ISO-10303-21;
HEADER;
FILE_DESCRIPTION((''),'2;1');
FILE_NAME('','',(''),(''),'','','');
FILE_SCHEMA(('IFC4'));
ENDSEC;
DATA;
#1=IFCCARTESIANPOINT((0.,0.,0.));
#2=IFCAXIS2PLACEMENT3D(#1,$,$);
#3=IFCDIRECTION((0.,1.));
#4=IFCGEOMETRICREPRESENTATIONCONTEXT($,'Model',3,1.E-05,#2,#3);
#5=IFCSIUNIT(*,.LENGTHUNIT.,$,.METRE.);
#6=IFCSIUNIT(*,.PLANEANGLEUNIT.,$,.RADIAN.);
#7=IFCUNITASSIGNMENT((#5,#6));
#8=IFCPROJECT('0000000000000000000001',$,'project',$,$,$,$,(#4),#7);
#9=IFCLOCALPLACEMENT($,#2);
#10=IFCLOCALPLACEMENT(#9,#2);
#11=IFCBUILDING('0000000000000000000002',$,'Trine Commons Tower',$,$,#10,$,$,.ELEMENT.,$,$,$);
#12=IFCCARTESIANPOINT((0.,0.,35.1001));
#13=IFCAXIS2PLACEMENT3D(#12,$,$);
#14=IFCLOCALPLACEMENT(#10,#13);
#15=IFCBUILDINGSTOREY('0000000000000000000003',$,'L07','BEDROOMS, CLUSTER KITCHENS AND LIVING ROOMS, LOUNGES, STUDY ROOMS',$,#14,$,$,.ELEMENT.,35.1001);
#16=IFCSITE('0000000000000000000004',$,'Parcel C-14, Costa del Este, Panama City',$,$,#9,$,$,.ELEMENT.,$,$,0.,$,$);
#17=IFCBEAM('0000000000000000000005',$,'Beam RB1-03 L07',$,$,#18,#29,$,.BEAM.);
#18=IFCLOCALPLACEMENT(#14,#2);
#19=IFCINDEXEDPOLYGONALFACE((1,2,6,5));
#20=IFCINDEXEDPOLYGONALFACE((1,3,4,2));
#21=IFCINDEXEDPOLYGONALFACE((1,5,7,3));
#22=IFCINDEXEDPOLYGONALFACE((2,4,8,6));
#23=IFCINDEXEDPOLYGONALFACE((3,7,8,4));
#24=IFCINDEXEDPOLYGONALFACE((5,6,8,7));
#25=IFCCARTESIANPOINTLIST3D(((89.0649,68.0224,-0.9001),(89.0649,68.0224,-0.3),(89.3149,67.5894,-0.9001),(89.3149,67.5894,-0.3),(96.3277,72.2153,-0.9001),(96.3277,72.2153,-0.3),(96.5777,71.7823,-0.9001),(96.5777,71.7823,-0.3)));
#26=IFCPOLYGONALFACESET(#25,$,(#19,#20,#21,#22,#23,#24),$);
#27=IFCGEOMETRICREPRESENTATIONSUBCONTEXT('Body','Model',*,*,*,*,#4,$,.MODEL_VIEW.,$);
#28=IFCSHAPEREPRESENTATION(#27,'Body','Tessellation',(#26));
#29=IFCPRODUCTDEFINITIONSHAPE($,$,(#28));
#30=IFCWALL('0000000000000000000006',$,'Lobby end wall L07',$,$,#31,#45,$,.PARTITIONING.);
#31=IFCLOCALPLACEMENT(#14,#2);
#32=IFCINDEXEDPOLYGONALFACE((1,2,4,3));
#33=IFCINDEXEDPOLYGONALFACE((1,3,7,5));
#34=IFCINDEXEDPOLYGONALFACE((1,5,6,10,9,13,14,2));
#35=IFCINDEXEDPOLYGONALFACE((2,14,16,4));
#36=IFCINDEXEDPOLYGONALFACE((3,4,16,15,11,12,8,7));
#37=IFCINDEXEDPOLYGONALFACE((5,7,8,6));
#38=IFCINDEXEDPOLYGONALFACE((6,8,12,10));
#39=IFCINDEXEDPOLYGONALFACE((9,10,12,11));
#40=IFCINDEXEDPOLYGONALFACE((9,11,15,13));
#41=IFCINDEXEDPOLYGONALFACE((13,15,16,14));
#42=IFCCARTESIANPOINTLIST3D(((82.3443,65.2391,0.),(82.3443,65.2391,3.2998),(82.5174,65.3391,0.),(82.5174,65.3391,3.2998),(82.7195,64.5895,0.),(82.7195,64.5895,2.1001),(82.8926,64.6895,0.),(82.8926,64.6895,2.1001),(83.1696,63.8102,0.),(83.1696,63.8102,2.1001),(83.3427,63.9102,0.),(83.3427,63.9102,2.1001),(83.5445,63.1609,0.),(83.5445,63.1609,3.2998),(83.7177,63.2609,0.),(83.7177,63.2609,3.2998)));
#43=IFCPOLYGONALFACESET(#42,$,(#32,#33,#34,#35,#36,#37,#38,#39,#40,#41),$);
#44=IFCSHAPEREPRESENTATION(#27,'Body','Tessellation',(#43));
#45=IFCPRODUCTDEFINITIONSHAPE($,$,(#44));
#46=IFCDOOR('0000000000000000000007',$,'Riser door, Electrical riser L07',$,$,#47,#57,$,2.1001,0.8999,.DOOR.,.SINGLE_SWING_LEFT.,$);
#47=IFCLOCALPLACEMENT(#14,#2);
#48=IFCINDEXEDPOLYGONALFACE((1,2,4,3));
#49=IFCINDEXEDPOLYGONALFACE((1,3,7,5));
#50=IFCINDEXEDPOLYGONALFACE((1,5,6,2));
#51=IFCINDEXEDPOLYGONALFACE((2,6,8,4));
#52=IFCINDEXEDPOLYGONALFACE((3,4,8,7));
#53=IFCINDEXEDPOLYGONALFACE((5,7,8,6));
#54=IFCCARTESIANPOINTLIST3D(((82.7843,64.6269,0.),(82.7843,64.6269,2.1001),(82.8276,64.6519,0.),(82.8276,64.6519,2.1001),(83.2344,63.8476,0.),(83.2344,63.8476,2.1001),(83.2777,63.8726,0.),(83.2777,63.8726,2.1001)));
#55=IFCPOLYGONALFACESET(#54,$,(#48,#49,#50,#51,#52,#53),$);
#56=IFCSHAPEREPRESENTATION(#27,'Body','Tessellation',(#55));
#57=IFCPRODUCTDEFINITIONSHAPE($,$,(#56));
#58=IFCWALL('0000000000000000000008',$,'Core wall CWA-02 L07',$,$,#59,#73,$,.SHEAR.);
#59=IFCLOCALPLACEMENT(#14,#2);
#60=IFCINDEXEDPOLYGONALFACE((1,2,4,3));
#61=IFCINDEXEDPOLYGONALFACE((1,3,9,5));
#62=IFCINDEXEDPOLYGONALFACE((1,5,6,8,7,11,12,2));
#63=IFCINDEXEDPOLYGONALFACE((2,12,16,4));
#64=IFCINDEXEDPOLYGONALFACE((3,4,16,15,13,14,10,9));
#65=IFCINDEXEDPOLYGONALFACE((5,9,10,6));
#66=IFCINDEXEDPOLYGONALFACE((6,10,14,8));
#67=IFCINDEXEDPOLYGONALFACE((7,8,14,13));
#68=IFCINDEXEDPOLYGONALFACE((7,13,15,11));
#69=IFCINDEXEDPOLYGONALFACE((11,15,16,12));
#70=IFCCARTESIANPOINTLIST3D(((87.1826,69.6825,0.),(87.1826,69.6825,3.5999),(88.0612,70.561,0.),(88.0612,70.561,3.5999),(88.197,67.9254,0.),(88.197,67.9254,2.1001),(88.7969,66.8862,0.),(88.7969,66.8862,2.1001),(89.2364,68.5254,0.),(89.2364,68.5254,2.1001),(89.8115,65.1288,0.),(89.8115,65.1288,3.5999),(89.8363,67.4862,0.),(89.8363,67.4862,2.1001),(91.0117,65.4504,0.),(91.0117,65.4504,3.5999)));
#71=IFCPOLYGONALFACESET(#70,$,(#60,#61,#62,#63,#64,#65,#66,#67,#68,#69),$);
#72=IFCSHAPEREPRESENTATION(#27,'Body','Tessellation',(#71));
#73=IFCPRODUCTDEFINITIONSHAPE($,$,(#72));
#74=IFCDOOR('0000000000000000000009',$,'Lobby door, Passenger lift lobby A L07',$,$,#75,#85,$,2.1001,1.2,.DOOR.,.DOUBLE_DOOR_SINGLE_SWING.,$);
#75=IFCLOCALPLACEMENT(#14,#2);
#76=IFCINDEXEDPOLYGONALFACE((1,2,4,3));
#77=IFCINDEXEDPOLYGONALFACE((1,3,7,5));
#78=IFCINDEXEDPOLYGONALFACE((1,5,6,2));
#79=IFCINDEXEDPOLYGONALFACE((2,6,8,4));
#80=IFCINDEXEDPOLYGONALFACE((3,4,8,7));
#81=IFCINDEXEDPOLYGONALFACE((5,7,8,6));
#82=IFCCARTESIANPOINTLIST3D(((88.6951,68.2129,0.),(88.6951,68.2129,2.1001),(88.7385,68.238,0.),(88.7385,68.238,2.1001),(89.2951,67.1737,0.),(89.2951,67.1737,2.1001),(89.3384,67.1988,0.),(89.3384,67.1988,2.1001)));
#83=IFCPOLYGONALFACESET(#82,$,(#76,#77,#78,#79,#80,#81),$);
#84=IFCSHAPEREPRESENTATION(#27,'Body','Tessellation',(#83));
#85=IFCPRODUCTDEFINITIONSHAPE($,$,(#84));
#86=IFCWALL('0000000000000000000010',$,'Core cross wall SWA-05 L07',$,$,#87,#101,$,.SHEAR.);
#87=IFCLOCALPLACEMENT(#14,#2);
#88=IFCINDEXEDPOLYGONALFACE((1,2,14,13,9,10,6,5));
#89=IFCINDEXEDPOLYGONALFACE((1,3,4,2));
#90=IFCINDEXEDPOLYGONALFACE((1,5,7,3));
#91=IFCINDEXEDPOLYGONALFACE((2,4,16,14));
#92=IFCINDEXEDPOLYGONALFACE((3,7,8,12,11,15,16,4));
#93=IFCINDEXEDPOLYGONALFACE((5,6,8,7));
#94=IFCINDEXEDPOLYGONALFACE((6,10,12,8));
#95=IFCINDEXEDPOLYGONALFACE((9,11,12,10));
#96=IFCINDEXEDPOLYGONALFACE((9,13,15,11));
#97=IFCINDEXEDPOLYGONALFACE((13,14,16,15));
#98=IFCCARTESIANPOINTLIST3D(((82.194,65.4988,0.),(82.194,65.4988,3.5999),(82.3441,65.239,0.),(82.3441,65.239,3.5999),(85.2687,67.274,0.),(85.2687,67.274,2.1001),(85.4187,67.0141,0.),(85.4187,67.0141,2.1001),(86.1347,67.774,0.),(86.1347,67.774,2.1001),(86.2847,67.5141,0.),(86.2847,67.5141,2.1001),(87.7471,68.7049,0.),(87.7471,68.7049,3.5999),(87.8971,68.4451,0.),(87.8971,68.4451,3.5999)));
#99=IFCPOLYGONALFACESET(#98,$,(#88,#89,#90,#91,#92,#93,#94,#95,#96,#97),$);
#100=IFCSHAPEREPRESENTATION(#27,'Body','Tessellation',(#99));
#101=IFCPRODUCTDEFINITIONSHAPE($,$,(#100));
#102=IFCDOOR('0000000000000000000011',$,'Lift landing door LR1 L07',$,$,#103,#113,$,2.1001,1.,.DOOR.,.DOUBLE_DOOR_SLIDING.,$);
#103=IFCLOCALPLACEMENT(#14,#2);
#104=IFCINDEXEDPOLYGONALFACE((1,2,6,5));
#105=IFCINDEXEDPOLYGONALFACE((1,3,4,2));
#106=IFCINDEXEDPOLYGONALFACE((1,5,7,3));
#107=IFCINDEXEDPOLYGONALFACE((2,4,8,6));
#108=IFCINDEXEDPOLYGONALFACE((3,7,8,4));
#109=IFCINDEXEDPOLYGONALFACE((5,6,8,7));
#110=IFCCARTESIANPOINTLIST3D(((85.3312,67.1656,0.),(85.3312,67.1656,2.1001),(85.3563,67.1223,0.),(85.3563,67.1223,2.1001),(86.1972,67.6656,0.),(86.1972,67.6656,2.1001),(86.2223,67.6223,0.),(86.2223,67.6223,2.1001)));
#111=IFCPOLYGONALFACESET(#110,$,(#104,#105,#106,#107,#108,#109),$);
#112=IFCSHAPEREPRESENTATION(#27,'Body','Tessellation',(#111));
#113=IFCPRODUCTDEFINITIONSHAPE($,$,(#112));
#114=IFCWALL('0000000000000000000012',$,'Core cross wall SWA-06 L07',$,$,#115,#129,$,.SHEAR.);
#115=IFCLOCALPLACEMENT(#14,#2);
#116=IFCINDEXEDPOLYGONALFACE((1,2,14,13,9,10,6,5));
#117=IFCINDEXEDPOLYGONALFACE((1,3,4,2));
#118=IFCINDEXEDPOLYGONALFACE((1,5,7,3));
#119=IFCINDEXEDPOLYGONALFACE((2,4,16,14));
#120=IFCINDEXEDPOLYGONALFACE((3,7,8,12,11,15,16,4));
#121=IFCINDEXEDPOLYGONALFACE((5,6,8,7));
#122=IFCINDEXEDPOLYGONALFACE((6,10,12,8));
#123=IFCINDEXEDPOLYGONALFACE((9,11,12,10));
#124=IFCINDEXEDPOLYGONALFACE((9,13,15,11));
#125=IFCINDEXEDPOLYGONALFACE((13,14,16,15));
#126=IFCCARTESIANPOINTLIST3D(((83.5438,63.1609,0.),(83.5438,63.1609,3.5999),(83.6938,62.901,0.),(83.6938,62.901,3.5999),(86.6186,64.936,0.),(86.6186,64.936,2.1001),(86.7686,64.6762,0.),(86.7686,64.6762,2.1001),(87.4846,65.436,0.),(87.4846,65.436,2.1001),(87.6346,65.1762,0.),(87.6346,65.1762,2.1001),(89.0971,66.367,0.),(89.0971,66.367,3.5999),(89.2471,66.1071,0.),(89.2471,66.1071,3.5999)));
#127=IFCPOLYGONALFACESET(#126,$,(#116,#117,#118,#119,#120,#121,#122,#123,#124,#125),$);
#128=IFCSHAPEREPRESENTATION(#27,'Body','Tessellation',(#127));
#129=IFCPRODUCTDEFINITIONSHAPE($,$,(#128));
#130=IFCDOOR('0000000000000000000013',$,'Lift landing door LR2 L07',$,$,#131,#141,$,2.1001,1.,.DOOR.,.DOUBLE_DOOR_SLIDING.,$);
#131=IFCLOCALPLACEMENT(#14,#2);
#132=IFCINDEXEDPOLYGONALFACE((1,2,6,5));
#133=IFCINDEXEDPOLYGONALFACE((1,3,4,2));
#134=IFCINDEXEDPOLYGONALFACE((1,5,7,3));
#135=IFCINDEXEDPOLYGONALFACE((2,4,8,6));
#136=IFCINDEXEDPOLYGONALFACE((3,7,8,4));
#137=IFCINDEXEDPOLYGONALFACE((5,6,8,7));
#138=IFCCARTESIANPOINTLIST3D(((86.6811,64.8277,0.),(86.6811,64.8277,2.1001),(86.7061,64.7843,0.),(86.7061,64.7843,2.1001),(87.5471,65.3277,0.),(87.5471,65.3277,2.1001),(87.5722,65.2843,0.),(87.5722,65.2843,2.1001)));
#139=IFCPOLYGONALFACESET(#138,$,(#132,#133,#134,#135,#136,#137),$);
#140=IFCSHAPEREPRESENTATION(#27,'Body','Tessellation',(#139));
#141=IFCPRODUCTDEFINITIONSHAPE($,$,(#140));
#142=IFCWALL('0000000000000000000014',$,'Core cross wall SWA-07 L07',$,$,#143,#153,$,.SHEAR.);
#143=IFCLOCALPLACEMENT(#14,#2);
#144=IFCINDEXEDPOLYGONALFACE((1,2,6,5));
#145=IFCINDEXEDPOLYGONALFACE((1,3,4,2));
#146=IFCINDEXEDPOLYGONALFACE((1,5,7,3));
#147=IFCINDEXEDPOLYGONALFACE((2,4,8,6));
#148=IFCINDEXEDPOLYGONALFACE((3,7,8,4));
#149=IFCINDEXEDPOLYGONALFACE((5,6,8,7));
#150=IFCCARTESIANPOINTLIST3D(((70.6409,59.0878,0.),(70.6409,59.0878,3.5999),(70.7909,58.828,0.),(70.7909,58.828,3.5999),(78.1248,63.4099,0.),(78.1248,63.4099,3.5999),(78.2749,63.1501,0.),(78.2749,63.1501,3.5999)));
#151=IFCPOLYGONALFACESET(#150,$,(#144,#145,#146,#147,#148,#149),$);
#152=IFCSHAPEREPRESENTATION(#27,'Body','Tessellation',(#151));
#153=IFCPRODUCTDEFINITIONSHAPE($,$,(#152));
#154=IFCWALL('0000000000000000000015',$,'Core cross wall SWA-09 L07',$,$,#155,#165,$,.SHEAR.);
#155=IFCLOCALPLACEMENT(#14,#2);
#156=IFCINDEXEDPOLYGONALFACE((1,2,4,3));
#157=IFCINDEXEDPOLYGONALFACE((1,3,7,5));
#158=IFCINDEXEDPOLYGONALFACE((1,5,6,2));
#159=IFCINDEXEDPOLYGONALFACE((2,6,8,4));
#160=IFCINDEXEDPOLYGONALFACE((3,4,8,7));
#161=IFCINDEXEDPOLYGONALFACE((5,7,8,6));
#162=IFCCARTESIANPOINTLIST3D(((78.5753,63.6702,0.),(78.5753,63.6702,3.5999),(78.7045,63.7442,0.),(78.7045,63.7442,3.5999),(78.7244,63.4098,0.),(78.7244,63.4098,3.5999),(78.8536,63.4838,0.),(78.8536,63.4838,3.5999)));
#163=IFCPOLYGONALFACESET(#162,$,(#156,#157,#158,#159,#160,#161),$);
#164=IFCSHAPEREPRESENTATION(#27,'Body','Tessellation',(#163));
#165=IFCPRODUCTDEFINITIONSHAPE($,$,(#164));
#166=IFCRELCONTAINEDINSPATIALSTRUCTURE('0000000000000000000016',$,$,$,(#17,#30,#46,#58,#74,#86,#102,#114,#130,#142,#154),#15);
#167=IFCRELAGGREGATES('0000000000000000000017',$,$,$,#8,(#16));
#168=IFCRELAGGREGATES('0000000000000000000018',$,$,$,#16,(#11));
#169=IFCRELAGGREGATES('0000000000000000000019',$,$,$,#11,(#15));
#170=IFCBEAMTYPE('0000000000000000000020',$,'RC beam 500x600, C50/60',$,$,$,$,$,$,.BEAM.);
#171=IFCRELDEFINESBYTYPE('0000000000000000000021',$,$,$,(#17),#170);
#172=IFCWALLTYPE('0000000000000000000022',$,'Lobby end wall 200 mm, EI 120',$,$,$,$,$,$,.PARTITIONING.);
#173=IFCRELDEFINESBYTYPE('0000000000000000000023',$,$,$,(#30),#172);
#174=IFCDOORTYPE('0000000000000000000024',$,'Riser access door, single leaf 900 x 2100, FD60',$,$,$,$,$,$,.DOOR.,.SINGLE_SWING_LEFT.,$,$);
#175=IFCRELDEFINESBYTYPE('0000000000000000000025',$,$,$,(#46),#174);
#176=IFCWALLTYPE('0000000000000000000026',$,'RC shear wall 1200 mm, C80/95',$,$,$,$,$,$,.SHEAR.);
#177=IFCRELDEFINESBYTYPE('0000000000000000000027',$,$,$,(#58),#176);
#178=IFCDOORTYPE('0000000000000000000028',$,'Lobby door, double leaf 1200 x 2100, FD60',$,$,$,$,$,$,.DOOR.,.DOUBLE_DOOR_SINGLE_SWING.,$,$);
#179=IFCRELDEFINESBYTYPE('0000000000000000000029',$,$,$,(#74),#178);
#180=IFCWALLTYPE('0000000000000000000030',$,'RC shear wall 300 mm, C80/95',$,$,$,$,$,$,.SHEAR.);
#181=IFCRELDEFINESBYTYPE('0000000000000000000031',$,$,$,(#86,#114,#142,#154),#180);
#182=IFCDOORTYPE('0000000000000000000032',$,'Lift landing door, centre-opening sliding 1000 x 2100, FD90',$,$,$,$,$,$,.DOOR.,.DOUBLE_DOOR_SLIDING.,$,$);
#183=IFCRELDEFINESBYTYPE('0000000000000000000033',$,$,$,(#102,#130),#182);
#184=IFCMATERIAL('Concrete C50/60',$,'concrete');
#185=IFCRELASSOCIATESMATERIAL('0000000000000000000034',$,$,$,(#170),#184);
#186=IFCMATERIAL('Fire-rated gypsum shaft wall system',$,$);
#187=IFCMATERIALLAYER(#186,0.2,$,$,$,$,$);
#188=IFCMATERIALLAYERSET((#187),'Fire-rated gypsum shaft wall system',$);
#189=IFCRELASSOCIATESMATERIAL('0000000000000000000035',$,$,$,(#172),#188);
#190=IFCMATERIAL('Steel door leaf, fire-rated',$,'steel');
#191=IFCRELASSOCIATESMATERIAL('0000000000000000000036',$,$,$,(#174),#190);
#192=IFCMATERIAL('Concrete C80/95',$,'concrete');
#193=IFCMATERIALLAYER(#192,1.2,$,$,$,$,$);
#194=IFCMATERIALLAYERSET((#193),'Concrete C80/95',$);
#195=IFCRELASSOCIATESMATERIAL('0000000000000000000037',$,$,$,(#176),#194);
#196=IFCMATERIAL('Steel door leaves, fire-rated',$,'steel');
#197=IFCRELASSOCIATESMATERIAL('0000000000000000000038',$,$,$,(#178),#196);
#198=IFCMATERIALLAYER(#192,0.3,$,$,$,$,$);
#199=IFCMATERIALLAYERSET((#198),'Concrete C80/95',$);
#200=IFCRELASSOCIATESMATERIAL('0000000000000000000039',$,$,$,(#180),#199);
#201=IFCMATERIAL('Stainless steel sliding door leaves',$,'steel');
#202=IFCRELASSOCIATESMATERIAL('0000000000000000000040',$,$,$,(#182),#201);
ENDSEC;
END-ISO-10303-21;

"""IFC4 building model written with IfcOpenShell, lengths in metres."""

from ifc_helpers import new_model, si_unit, direction, frame, frame_2d, origin, origin_2d, place, context, subcontext, project, spatial, polyline, rectangle, outline, extrude, material, layer, layer_set, material_profile, profile_set, type_object, element, fill, save


model = new_model("IFC4")

# Units and contexts
model_context = context("Model", 3, precision=1e-05, world=origin(), true_north=direction((0.0, 1.0)))
body_context = subcontext(model_context, "Body", "Model", "MODEL_VIEW")
ifc_project = project(units=[si_unit("LENGTHUNIT", "METRE"), si_unit("PLANEANGLEUNIT", "RADIAN")], contexts=[model_context])

# Site, building, storey
site_placement = place(None, origin())
site = spatial("IfcSite", under=ifc_project, at=site_placement, Name="Parcel C-14, Costa del Este, Panama City", CompositionType="ELEMENT", RefElevation=0.0)
building_placement = place(site_placement, origin())
building = spatial("IfcBuilding", under=site, at=building_placement, Name="Trine Commons Tower", CompositionType="ELEMENT")
storey_placement = place(building_placement, frame((0.0, 0.0, 35.1001)))
storey = spatial("IfcBuildingStorey", under=building, at=storey_placement, Name="L07", Description="BEDROOMS, CLUSTER KITCHENS AND LIVING ROOMS, LOUNGES, STUDY ROOMS", CompositionType="ELEMENT", Elevation=35.1001)

# Beam
ifc_material_1 = material(Name="Concrete C50/60", Category="concrete")
ifc_material_profile = material_profile(ifc_material_1, rectangle(XDim=0.5, YDim=0.6001, at=origin_2d()), Name="RC 500x600")
ifc_profile_set = profile_set([ifc_material_profile], Name="Concrete C50/60")
beam_type = type_object("IfcBeamType", Name="RC beam 500x600, C50/60", PredefinedType="BEAM", material=ifc_profile_set)
beam_placement = place(storey_placement, frame((89.1899, 67.8059, -0.6001), z_axis=(0.866038, 0.499978, 0.0), x_axis=(-0.499978, 0.866038, 0.0)))
element("IfcBeam", 1, at=beam_placement, inside=storey, type_object=beam_type, Name="Beam RB1-03 L07", PredefinedType="BEAM", context=body_context, shape_type="SweptSolid", body=[
    extrude(rectangle(XDim=0.5, YDim=0.6001, at=origin_2d()), origin(), (0.0, 0.0, 1.0), 8.3862),
])

# Walls, openings, doors
ifc_material_2 = material(Name="Fire-rated gypsum shaft wall system")
ifc_layer_1 = layer(ifc_material_2, 0.2)
ifc_layer_set_1 = layer_set([ifc_layer_1], Name="Fire-rated gypsum shaft wall system")
wall_type_1 = type_object("IfcWallType", Name="Lobby end wall 200 mm, EI 120", PredefinedType="PARTITIONING", material=ifc_layer_set_1)
wall_1_placement = place(storey_placement, frame((83.6311, 63.2109, 0.0), z_axis=(0.0, 0.0, 1.0), x_axis=(-0.500122, 0.865955, 0.0)))
wall_1 = element("IfcWall", 2, at=wall_1_placement, inside=storey, type_object=wall_type_1, Name="Lobby end wall L07", PredefinedType="PARTITIONING", context=body_context, shape_type="SweptSolid", body=[
    extrude(rectangle(XDim=2.3999, YDim=0.2, at=frame_2d((1.2, 0.0))), origin(), (0.0, 0.0, 1.0), 3.2998),
])
opening_1_placement = place(wall_1_placement, frame((0.7498, 0.0, 0.0)))
opening_1 = element("IfcOpeningElement", 3, at=opening_1_placement, cuts=wall_1, PredefinedType="OPENING", context=body_context, shape_type="SweptSolid", body=[
    extrude(rectangle(XDim=0.8999, YDim=2.1001, at=frame_2d((0.45, 1.05))), frame((0.0, 0.1099, 0.0), z_axis=(0.0, -1.0, 0.0), x_axis=(1.0, 0.0, 0.0)), (0.0, 0.0, 1.0), 0.22),
])
ifc_material_3 = material(Name="Steel door leaf, fire-rated", Category="steel")
door_type_1 = type_object("IfcDoorType", Name="Riser access door, single leaf 900 x 2100, FD60", OperationType="SINGLE_SWING_LEFT", PredefinedType="DOOR", material=ifc_material_3)
door_1_placement = place(opening_1_placement, frame((0.8999, 0.0, 0.0), z_axis=(0.0, 0.0, 1.0), x_axis=(-1.0, 0.0, 0.0)))
door_1 = element("IfcDoor", 4, at=door_1_placement, inside=storey, type_object=door_type_1, Name="Riser door, Electrical riser L07", OperationType="SINGLE_SWING_LEFT", OverallHeight=2.1001, OverallWidth=0.8999, PredefinedType="DOOR", context=body_context, shape_type="SweptSolid", body=[
    extrude(rectangle(XDim=0.8999, YDim=2.1001, at=frame_2d((0.45, 1.05))), frame((0.0, 0.0249, 0.0), z_axis=(0.0, -1.0, 0.0), x_axis=(1.0, 0.0, 0.0)), (0.0, 0.0, 1.0), 0.05),
])
fill(opening_1, door_1)
ifc_material_4 = material(Name="Concrete C80/95", Category="concrete")
ifc_layer_2 = layer(ifc_material_4, 1.2)
ifc_layer_set_2 = layer_set([ifc_layer_2], Name="Concrete C80/95")
wall_type_2 = type_object("IfcWallType", Name="RC shear wall 1200 mm, C80/95", PredefinedType="SHEAR", material=ifc_layer_set_2)
wall_2_placement = place(storey_placement, frame((90.4919, 65.1504, 0.0), z_axis=(0.0, 0.0, 1.0), x_axis=(-0.499979, 0.866037, 0.0)))
wall_2 = element("IfcWall", 5, at=wall_2_placement, inside=storey, type_object=wall_type_2, Name="Core wall CWA-02 L07", PredefinedType="SHEAR", context=body_context, shape_type="SweptSolid", body=[
    extrude(outline(polyline([(0.0, -0.6001), (5.9011, -0.6001), (5.5796, 0.6001), (0.3215, 0.6001), (0.0, -0.6001)])), origin(), (0.0, 0.0, 1.0), 3.5999),
])
opening_2_placement = place(wall_2_placement, frame((2.3506, 0.0, 0.0)))
opening_2 = element("IfcOpeningElement", 6, at=opening_2_placement, cuts=wall_2, PredefinedType="OPENING", context=body_context, shape_type="SweptSolid", body=[
    extrude(rectangle(XDim=1.2, YDim=2.1001, at=frame_2d((0.6001, 1.05))), frame((0.0, 0.6099, 0.0), z_axis=(0.0, -1.0, 0.0), x_axis=(1.0, 0.0, 0.0)), (0.0, 0.0, 1.0), 1.22),
])
ifc_material_5 = material(Name="Steel door leaves, fire-rated", Category="steel")
door_type_2 = type_object("IfcDoorType", Name="Lobby door, double leaf 1200 x 2100, FD60", OperationType="DOUBLE_DOOR_SINGLE_SWING", PredefinedType="DOOR", material=ifc_material_5)
door_2_placement = place(opening_2_placement, origin())
door_2 = element("IfcDoor", 7, at=door_2_placement, inside=storey, type_object=door_type_2, Name="Lobby door, Passenger lift lobby A L07", OperationType="DOUBLE_DOOR_SINGLE_SWING", OverallHeight=2.1001, OverallWidth=1.2, PredefinedType="DOOR", context=body_context, shape_type="SweptSolid", body=[
    extrude(rectangle(XDim=1.2, YDim=2.1001, at=frame_2d((0.6001, 1.05))), frame((0.0, 0.0249, 0.0), z_axis=(0.0, -1.0, 0.0), x_axis=(1.0, 0.0, 0.0)), (0.0, 0.0, 1.0), 0.05),
])
fill(opening_2, door_2)
ifc_layer_3 = layer(ifc_material_4, 0.3)
ifc_layer_set_3 = layer_set([ifc_layer_3], Name="Concrete C80/95")
wall_type_3 = type_object("IfcWallType", Name="RC shear wall 300 mm, C80/95", PredefinedType="SHEAR", material=ifc_layer_set_3)
wall_3_placement = place(storey_placement, frame((82.269, 65.3689, 0.0), z_axis=(0.0, 0.0, 1.0), x_axis=(0.866023, 0.500005, 0.0)))
wall_3 = element("IfcWall", 8, at=wall_3_placement, inside=storey, type_object=wall_type_3, Name="Core cross wall SWA-05 L07", PredefinedType="SHEAR", context=body_context, shape_type="SweptSolid", body=[
    extrude(rectangle(XDim=6.4121, YDim=0.3, at=frame_2d((3.2061, 0.0))), origin(), (0.0, 0.0, 1.0), 3.5999),
])
opening_3_placement = place(wall_3_placement, frame((3.5503, 0.0, 0.0)))
opening_3 = element("IfcOpeningElement", 9, at=opening_3_placement, cuts=wall_3, PredefinedType="OPENING", context=body_context, shape_type="SweptSolid", body=[
    extrude(rectangle(XDim=1.0, YDim=2.1001, at=frame_2d((0.5, 1.05))), frame((0.0, 0.1599, 0.0), z_axis=(0.0, -1.0, 0.0), x_axis=(1.0, 0.0, 0.0)), (0.0, 0.0, 1.0), 0.3201),
])
ifc_material_6 = material(Name="Stainless steel sliding door leaves", Category="steel")
door_type_3 = type_object("IfcDoorType", Name="Lift landing door, centre-opening sliding 1000 x 2100, FD90", OperationType="DOUBLE_DOOR_SLIDING", PredefinedType="DOOR", material=ifc_material_6)
door_3_placement = place(opening_3_placement, origin())
door_3 = element("IfcDoor", 10, at=door_3_placement, inside=storey, type_object=door_type_3, Name="Lift landing door LR1 L07", OperationType="DOUBLE_DOOR_SLIDING", OverallHeight=2.1001, OverallWidth=1.0, PredefinedType="DOOR", context=body_context, shape_type="SweptSolid", body=[
    extrude(rectangle(XDim=1.0, YDim=2.1001, at=frame_2d((0.5, 1.05))), frame((0.0, 0.0249, 0.0), z_axis=(0.0, -1.0, 0.0), x_axis=(1.0, 0.0, 0.0)), (0.0, 0.0, 1.0), 0.05),
])
fill(opening_3, door_3)
wall_4_placement = place(storey_placement, frame((83.6189, 63.031, 0.0), z_axis=(0.0, 0.0, 1.0), x_axis=(0.866032, 0.499988, 0.0)))
wall_4 = element("IfcWall", 11, at=wall_4_placement, inside=storey, type_object=wall_type_3, Name="Core cross wall SWA-06 L07", PredefinedType="SHEAR", context=body_context, shape_type="SweptSolid", body=[
    extrude(rectangle(XDim=6.4124, YDim=0.3, at=frame_2d((3.2061, 0.0))), origin(), (0.0, 0.0, 1.0), 3.5999),
])
opening_4_placement = place(wall_4_placement, frame((3.5503, 0.0, 0.0)))
opening_4 = element("IfcOpeningElement", 12, at=opening_4_placement, cuts=wall_4, PredefinedType="OPENING", context=body_context, shape_type="SweptSolid", body=[
    extrude(rectangle(XDim=1.0, YDim=2.1001, at=frame_2d((0.5, 1.05))), frame((0.0, 0.1599, 0.0), z_axis=(0.0, -1.0, 0.0), x_axis=(1.0, 0.0, 0.0)), (0.0, 0.0, 1.0), 0.3201),
])
door_4_placement = place(opening_4_placement, origin())
door_4 = element("IfcDoor", 13, at=door_4_placement, inside=storey, type_object=door_type_3, Name="Lift landing door LR2 L07", OperationType="DOUBLE_DOOR_SLIDING", OverallHeight=2.1001, OverallWidth=1.0, PredefinedType="DOOR", context=body_context, shape_type="SweptSolid", body=[
    extrude(rectangle(XDim=1.0, YDim=2.1001, at=frame_2d((0.5, 1.05))), frame((0.0, 0.0249, 0.0), z_axis=(0.0, -1.0, 0.0), x_axis=(1.0, 0.0, 0.0)), (0.0, 0.0, 1.0), 0.05),
])
fill(opening_4, door_4)

# Walls
wall_5_placement = place(storey_placement, frame((78.2, 63.28, 0.0), z_axis=(0.0, 0.0, 1.0), x_axis=(-0.865965, -0.500104, 0.0)))
element("IfcWall", 14, at=wall_5_placement, inside=storey, type_object=wall_type_3, Name="Core cross wall SWA-07 L07", PredefinedType="SHEAR", context=body_context, shape_type="SweptSolid", body=[
    extrude(rectangle(XDim=8.6423, YDim=0.3, at=frame_2d((4.3213, 0.0))), origin(), (0.0, 0.0, 1.0), 3.5999),
])
for number, where, z_axis, x_axis, name in (
    (15, (78.7791, 63.614, 0.0), (0.0, 0.0, 1.0), (-0.867738, -0.497022, 0.0), "Core cross wall SWA-09 L07"),
):
    element("IfcWall", number, at=place(storey_placement, frame(where, z_axis=z_axis, x_axis=x_axis)), inside=storey, type_object=wall_type_3, Name=name, PredefinedType="SHEAR", context=body_context, shape_type="SweptSolid", body=[
        extrude(rectangle(XDim=0.1489, YDim=0.3, at=frame_2d((0.0745, 0.0))), origin(), (0.0, 0.0, 1.0), 3.5999),
    ])

save(model, "model.ifc")
